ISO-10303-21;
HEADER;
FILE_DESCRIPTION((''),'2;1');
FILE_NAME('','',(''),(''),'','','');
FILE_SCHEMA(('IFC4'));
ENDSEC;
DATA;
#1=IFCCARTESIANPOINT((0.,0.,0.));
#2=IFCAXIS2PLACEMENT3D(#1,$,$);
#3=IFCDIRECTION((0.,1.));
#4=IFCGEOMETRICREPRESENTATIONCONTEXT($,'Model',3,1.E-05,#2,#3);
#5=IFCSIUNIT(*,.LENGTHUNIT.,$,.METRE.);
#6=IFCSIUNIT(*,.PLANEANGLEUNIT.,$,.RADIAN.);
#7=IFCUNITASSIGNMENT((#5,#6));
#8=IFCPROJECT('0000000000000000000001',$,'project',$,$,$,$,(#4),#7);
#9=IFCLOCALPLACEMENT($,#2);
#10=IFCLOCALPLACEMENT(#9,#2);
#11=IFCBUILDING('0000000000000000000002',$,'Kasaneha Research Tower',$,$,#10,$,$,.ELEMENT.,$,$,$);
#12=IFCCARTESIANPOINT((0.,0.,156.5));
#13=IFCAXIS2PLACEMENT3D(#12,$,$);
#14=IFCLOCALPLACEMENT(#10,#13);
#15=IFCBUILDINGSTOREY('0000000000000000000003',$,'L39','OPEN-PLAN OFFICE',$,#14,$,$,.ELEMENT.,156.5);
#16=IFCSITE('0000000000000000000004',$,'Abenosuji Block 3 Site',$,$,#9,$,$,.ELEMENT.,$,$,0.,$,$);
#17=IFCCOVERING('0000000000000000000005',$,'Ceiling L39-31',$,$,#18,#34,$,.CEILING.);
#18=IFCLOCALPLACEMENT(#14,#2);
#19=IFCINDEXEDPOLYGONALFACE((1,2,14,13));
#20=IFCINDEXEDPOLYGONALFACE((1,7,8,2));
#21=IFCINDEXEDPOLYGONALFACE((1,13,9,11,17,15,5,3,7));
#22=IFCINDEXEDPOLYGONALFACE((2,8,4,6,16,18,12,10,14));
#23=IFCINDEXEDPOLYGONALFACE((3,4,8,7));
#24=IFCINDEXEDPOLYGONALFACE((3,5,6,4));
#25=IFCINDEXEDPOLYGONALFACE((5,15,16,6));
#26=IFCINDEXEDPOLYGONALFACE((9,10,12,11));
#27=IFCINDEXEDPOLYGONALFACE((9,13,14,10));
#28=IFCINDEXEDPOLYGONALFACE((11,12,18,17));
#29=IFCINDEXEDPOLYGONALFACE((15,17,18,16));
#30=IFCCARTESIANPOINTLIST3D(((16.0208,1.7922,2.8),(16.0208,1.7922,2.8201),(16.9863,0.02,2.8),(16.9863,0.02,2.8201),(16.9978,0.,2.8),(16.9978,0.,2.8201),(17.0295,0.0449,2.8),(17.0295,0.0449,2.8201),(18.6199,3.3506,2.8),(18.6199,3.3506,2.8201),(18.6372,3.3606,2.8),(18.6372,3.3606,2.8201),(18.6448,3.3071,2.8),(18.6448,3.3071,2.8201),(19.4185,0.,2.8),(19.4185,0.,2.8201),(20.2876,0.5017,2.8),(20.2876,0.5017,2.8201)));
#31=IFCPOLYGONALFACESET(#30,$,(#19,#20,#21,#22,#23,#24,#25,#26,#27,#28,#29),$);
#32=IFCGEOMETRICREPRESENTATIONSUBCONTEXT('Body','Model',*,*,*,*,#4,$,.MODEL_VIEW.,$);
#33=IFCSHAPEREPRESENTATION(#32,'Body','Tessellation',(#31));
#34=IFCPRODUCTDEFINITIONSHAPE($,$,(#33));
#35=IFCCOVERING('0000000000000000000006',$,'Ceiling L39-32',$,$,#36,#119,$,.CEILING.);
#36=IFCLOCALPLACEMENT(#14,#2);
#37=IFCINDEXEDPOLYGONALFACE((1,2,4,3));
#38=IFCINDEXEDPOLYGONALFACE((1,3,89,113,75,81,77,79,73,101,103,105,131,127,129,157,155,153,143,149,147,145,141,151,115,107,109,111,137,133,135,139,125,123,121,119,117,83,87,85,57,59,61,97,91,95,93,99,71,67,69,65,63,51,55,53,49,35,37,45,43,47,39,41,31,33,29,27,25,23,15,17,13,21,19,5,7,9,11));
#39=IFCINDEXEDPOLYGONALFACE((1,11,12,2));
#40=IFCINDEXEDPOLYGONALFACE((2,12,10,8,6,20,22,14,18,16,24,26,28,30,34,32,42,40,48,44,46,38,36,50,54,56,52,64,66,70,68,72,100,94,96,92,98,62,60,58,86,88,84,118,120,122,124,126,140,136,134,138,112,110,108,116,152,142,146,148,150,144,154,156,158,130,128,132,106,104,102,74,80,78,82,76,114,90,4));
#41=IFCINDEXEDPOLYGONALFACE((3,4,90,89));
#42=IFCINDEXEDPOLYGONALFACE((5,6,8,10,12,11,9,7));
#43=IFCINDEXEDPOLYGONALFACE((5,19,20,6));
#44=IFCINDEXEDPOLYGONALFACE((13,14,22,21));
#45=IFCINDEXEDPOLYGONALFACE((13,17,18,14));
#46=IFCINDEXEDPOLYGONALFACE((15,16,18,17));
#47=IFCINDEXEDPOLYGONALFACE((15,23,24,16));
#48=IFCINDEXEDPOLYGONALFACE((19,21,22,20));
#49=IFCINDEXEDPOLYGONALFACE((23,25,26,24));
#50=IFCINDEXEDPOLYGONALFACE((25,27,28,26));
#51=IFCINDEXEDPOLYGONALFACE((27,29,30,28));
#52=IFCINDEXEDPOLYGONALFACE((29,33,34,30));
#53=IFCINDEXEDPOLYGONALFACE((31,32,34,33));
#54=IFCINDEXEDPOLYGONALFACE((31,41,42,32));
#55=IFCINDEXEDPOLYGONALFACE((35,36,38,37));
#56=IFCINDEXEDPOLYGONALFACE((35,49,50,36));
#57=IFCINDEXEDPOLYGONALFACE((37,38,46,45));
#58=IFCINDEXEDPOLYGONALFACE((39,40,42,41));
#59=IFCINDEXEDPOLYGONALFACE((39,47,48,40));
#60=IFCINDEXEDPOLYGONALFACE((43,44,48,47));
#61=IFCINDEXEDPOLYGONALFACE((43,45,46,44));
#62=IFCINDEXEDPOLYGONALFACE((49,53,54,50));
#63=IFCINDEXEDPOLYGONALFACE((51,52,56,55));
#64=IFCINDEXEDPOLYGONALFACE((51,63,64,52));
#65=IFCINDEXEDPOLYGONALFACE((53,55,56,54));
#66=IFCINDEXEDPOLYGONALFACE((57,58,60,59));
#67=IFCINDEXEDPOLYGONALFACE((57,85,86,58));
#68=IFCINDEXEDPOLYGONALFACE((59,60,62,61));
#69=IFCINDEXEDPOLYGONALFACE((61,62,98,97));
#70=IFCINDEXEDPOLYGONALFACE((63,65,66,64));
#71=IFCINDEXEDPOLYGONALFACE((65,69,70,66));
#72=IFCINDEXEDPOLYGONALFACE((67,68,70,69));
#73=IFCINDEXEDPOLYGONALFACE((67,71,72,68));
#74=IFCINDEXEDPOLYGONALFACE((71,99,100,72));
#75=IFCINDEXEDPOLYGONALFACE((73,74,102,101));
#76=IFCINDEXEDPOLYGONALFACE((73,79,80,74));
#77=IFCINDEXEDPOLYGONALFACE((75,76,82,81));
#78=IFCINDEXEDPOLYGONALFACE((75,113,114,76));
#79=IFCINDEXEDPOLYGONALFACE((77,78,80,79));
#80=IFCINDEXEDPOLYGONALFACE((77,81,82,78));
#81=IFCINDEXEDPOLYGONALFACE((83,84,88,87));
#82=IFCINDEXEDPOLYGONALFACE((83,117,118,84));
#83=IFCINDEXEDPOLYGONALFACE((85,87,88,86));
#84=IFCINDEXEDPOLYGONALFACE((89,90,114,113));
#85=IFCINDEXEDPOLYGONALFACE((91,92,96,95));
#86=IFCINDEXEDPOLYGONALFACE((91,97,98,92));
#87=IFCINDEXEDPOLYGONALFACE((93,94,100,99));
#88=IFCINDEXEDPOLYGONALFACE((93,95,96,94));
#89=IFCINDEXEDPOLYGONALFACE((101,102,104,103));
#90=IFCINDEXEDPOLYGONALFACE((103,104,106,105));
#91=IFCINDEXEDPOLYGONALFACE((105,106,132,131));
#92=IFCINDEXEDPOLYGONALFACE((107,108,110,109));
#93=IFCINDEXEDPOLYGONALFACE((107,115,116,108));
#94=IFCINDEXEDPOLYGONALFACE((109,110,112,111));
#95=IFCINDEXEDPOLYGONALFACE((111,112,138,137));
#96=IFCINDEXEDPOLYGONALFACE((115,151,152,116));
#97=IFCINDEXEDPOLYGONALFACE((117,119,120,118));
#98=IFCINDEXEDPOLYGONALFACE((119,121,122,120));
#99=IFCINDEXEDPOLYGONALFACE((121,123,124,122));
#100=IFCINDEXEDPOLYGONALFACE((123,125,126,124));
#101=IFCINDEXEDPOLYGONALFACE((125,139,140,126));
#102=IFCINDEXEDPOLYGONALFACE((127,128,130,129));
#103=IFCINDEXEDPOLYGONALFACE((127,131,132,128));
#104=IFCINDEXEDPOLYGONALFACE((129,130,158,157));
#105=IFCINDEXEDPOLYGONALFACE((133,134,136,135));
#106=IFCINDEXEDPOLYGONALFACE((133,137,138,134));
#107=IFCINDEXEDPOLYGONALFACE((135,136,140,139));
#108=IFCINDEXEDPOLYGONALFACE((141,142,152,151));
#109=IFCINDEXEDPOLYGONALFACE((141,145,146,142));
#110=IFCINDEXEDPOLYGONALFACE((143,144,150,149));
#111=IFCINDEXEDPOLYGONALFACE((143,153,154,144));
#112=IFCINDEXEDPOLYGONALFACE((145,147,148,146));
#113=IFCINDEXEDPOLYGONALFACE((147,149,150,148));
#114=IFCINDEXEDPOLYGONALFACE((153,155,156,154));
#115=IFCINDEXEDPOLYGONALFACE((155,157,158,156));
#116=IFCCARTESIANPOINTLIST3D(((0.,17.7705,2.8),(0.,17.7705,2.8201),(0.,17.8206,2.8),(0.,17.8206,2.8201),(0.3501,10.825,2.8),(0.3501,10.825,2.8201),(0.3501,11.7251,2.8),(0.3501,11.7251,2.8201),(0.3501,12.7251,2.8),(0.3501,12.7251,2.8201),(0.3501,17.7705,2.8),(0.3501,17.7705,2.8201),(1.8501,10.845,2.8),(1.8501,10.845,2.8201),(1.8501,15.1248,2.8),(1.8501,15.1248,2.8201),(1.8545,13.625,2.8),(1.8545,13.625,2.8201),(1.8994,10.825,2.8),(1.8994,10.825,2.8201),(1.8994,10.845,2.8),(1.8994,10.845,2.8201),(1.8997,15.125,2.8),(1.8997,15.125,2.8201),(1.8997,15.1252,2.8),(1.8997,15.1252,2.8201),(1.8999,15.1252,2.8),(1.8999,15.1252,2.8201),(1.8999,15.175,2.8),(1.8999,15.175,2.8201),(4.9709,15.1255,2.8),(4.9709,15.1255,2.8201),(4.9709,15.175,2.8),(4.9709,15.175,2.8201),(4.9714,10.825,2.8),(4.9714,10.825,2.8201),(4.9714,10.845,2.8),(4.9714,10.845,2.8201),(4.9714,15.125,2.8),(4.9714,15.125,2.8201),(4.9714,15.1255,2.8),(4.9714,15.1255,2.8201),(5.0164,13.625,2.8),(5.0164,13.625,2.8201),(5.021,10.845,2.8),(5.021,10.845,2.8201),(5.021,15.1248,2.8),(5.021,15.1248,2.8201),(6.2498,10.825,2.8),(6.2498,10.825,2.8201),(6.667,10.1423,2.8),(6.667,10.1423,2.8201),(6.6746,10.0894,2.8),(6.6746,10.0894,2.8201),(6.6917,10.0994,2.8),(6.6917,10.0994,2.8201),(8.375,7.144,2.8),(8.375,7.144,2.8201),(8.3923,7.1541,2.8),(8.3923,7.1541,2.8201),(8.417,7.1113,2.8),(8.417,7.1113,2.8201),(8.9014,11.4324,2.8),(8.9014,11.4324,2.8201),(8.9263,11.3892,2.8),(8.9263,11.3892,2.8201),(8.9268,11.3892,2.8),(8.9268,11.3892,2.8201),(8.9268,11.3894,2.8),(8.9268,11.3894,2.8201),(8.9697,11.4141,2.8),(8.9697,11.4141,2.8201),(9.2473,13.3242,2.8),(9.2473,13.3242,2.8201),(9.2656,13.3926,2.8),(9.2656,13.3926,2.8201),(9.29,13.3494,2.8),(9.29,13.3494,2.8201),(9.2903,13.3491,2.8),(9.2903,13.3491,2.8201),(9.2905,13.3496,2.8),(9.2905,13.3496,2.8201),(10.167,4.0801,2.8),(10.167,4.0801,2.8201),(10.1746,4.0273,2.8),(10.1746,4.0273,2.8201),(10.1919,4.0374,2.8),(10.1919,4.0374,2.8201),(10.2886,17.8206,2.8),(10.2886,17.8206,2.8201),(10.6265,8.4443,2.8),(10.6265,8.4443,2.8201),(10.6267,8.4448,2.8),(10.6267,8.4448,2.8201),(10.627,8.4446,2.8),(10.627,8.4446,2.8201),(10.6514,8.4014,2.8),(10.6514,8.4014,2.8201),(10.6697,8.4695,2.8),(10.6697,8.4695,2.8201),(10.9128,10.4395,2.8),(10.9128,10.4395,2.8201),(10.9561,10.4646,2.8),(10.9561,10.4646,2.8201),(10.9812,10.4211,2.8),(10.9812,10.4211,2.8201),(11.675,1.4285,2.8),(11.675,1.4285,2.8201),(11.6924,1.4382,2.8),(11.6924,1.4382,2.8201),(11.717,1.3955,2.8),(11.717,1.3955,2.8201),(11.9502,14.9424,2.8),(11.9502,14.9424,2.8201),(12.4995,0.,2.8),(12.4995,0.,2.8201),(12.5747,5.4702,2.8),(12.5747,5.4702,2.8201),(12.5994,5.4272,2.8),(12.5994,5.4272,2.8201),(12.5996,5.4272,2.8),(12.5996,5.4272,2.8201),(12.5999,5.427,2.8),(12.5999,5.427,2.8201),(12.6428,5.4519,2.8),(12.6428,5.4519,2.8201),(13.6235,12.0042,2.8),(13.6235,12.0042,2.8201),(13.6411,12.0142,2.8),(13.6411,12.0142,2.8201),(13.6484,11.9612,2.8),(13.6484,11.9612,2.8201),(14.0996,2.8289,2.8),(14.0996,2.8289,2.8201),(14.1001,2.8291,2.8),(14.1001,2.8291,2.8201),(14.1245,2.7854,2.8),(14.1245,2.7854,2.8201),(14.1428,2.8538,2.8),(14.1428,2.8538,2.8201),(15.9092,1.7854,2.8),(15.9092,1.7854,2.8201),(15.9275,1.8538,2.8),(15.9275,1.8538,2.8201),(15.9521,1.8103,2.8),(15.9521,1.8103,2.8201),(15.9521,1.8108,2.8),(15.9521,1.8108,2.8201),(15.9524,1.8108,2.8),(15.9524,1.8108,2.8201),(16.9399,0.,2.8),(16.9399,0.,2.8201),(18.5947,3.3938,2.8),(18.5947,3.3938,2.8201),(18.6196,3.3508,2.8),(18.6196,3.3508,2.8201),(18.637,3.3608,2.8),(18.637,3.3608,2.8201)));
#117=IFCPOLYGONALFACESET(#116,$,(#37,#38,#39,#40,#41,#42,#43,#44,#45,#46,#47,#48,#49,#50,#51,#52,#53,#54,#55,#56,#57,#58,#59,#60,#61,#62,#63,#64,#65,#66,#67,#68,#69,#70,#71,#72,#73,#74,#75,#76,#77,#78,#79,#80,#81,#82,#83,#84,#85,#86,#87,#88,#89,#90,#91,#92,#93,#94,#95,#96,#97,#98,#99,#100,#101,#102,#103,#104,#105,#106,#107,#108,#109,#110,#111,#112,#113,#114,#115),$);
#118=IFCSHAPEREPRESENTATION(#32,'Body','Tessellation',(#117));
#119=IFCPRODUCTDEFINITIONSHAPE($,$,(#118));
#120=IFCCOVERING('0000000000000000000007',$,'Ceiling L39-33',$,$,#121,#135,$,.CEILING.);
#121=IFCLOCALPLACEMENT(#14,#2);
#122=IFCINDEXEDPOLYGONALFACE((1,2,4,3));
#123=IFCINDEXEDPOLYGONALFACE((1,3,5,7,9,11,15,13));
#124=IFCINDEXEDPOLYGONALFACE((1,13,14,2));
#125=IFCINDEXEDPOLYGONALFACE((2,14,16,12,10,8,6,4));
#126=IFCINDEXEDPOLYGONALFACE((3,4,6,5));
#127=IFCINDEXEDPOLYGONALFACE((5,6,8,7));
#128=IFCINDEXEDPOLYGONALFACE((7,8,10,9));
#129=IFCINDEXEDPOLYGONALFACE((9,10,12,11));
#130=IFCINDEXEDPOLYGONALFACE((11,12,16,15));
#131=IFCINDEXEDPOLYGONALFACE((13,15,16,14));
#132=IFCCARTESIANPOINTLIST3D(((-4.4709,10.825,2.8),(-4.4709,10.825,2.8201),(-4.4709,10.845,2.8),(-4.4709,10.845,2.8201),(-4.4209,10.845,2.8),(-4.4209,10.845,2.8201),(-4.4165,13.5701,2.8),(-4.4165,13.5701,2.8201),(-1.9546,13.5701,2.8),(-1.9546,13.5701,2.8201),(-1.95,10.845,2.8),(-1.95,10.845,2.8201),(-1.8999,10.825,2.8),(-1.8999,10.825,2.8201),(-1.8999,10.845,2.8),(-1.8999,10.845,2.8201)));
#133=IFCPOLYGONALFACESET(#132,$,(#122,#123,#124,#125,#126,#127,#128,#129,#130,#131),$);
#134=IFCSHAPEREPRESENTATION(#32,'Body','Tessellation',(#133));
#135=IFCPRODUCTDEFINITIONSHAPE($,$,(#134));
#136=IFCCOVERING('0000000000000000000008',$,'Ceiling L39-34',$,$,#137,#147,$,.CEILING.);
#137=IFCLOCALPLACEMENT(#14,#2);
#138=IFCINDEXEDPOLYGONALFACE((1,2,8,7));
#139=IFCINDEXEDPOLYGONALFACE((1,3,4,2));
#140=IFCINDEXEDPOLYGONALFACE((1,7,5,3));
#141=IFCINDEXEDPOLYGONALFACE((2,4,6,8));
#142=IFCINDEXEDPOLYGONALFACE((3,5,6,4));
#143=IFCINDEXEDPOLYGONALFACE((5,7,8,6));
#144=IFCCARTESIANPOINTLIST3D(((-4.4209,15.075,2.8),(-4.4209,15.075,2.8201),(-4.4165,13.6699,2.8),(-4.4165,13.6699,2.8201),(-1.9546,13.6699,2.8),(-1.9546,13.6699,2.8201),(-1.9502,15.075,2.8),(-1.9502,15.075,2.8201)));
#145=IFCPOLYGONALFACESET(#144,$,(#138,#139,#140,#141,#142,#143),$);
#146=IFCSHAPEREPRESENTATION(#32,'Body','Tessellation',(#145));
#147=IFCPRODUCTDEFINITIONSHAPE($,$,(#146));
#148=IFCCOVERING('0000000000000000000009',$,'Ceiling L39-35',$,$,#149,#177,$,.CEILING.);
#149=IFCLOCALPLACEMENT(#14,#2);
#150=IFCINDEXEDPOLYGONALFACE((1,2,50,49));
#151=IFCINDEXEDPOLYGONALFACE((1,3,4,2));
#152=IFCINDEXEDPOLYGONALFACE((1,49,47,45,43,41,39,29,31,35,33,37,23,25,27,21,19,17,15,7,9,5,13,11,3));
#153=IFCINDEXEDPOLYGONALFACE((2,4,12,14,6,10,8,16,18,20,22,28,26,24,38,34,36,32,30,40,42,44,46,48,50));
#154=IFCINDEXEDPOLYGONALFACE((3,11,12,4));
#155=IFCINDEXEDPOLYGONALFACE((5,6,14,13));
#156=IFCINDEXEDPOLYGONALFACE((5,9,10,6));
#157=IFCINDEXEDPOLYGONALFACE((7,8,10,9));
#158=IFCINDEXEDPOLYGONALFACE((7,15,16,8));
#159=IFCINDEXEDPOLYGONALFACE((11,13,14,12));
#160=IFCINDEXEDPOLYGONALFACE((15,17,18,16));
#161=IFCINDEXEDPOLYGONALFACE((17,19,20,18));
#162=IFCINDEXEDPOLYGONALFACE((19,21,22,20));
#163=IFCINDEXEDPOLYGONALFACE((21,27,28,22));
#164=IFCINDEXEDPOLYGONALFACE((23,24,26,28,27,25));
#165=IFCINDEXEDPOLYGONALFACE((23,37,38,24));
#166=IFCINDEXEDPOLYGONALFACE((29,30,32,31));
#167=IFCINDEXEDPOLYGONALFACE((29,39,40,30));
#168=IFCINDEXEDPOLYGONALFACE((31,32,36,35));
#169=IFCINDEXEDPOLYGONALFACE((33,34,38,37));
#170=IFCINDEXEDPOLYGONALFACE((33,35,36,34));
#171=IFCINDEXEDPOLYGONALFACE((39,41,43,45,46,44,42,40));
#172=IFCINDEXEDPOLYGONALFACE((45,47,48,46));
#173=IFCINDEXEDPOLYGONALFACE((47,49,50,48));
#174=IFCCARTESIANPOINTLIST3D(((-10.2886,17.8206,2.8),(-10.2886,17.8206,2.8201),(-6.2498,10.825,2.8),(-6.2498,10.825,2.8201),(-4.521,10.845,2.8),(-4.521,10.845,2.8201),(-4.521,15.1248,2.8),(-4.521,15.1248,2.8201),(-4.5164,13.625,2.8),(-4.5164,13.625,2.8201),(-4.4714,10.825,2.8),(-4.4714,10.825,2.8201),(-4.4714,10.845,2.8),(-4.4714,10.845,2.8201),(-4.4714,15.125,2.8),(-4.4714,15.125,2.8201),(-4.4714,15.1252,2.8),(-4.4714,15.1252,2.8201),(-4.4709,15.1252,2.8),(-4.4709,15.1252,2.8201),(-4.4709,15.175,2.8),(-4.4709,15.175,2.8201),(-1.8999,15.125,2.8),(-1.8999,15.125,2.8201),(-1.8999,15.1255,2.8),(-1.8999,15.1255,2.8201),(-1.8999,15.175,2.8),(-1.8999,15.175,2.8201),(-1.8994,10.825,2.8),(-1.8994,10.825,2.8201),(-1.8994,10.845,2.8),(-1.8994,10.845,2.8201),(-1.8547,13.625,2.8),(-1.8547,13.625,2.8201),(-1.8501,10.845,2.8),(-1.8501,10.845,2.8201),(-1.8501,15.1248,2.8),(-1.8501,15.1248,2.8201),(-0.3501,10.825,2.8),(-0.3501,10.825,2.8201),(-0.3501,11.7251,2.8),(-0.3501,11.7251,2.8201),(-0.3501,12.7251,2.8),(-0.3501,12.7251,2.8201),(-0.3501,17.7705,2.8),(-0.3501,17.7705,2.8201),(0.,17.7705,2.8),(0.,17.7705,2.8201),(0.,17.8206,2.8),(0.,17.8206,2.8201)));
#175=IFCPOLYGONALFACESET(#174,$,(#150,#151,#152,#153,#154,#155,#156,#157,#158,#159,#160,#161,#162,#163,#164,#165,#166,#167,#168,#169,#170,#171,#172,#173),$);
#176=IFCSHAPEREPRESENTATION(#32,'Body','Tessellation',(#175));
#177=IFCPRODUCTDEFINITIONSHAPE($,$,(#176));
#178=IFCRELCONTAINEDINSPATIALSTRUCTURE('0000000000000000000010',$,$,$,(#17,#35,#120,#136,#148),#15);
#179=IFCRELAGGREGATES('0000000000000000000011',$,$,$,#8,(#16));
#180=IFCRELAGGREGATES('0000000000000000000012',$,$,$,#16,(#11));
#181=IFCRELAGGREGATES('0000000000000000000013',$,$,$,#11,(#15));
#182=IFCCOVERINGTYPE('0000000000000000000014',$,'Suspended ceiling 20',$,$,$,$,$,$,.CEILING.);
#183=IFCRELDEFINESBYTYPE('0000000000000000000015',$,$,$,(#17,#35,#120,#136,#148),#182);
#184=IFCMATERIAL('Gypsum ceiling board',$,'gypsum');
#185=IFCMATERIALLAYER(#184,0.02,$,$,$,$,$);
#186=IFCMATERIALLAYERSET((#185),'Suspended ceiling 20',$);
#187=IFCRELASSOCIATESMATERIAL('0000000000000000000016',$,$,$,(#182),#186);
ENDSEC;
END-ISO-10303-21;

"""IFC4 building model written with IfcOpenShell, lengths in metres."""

from ifc_helpers import new_model, si_unit, direction, frame, origin, place, context, subcontext, project, spatial, polyline, outline, extrude, material, layer, layer_set, type_object, element, save


model = new_model("IFC4")

# Units and contexts
model_context = context("Model", 3, precision=1e-05, world=origin(), true_north=direction((0.0, 1.0)))
body_context = subcontext(model_context, "Body", "Model", "MODEL_VIEW")
ifc_project = project(units=[si_unit("LENGTHUNIT", "METRE"), si_unit("PLANEANGLEUNIT", "RADIAN")], contexts=[model_context])

# Site, building, storey
site_placement = place(None, origin())
site = spatial("IfcSite", under=ifc_project, at=site_placement, Name="Abenosuji Block 3 Site", CompositionType="ELEMENT", RefElevation=0.0)
building_placement = place(site_placement, origin())
building = spatial("IfcBuilding", under=site, at=building_placement, Name="Kasaneha Research Tower", CompositionType="ELEMENT")
storey_placement = place(building_placement, frame((0.0, 0.0, 156.5)))
storey = spatial("IfcBuildingStorey", under=building, at=storey_placement, Name="L39", Description="OPEN-PLAN OFFICE", CompositionType="ELEMENT", Elevation=156.5)

# Coverings
ifc_material_1 = material(Name="Gypsum ceiling board", Category="gypsum")
ifc_layer_1 = layer(ifc_material_1, 0.02)
ifc_layer_set_1 = layer_set([ifc_layer_1], Name="Suspended ceiling 20")
covering_type_1 = type_object("IfcCoveringType", Name="Suspended ceiling 20", PredefinedType="CEILING", material=ifc_layer_set_1)
covering_1_placement = place(storey_placement, frame((0.0, 0.0, 2.8)))
element("IfcCovering", 1, at=covering_1_placement, inside=storey, type_object=covering_type_1, Name="Ceiling L39-31", PredefinedType="CEILING", context=body_context, shape_type="SweptSolid", body=[
    extrude(outline(polyline([(19.4185, 0.0), (16.9978, 0.0), (16.9863, 0.02), (17.0295, 0.0449), (16.0208, 1.7922), (18.6448, 3.3071), (18.6199, 3.3506), (18.6372, 3.3606), (20.2876, 0.5017), (19.4185, 0.0)])), origin(), (0.0, 0.0, 1.0), 0.02),
])
covering_2_placement = place(storey_placement, frame((0.0, 0.0, 2.8)))
element("IfcCovering", 2, at=covering_2_placement, inside=storey, type_object=covering_type_1, Name="Ceiling L39-32", PredefinedType="CEILING", context=body_context, shape_type="SweptSolid", body=[
    extrude(outline(polyline([(11.6924, 1.4382), (11.717, 1.3955), (14.1245, 2.7854), (14.0996, 2.8289), (14.1001, 2.8291), (14.1001, 2.8291), (14.1428, 2.8538), (12.6428, 5.4519), (12.5999, 5.427), (12.5996, 5.4272), (12.5994, 5.4272), (12.5747, 5.4702), (10.167, 4.0801), (10.1919, 4.0374), (10.1746, 4.0273), (8.375, 7.144), (8.3923, 7.1541), (8.417, 7.1113), (10.6514, 8.4014), (10.6265, 8.4443), (10.627, 8.4446), (10.6267, 8.4448), (10.6697, 8.4695), (8.9697, 11.4141), (8.9268, 11.3892), (8.9268, 11.3894), (8.9263, 11.3892), (8.9014, 11.4324), (6.667, 10.1423), (6.6917, 10.0994), (6.6746, 10.0894), (6.2498, 10.825), (4.9714, 10.825), (4.9714, 10.845), (5.021, 10.845), (5.0164, 13.625), (5.021, 15.1248), (4.9714, 15.125), (4.9714, 15.1255), (4.9709, 15.1255), (4.9709, 15.175), (1.8999, 15.175), (1.8999, 15.1252), (1.8997, 15.1252), (1.8997, 15.125), (1.8501, 15.1248), (1.8545, 13.625), (1.8501, 10.845), (1.8994, 10.845), (1.8994, 10.825), (0.3501, 10.825), (0.3501, 11.7251), (0.3501, 12.7251), (0.3501, 17.7705), (0.3501, 17.7705), (0.0, 17.7705), (0.0, 17.8206), (10.2886, 17.8206), (11.9502, 14.9424), (9.2656, 13.3926), (9.2905, 13.3496), (9.29, 13.3494), (9.2903, 13.3491), (9.2473, 13.3242), (10.9128, 10.4395), (10.9561, 10.4646), (10.9812, 10.4211), (13.6484, 11.9612), (13.6235, 12.0042), (13.6411, 12.0142), (18.637, 3.3608), (18.6196, 3.3508), (18.5947, 3.3938), (15.9275, 1.8538), (15.9524, 1.8108), (15.9521, 1.8108), (15.9521, 1.8103), (15.9092, 1.7854), (16.9399, 0.0), (12.4995, 0.0), (11.675, 1.4285), (11.6924, 1.4382)])), origin(), (0.0, 0.0, 1.0), 0.02),
])
covering_3_placement = place(storey_placement, frame((0.0, 0.0, 2.8)))
element("IfcCovering", 3, at=covering_3_placement, inside=storey, type_object=covering_type_1, Name="Ceiling L39-33", PredefinedType="CEILING", context=body_context, shape_type="SweptSolid", body=[
    extrude(outline(polyline([(-4.4709, 10.825), (-4.4709, 10.845), (-4.4209, 10.845), (-4.4165, 13.5701), (-1.9546, 13.5701), (-1.95, 10.845), (-1.8999, 10.845), (-1.8999, 10.825), (-4.4709, 10.825)])), origin(), (0.0, 0.0, 1.0), 0.02),
])
covering_4_placement = place(storey_placement, frame((0.0, 0.0, 2.8)))
element("IfcCovering", 4, at=covering_4_placement, inside=storey, type_object=covering_type_1, Name="Ceiling L39-34", PredefinedType="CEILING", context=body_context, shape_type="SweptSolid", body=[
    extrude(outline(polyline([(-1.9502, 15.075), (-1.9546, 13.6699), (-4.4165, 13.6699), (-4.4209, 15.075), (-1.9502, 15.075)])), origin(), (0.0, 0.0, 1.0), 0.02),
])
covering_5_placement = place(storey_placement, frame((0.0, 0.0, 2.8)))
element("IfcCovering", 5, at=covering_5_placement, inside=storey, type_object=covering_type_1, Name="Ceiling L39-35", PredefinedType="CEILING", context=body_context, shape_type="SweptSolid", body=[
    extrude(outline(polyline([(-0.3501, 11.7251), (-0.3501, 10.825), (-1.8994, 10.825), (-1.8994, 10.845), (-1.8501, 10.845), (-1.8547, 13.625), (-1.8501, 15.1248), (-1.8999, 15.125), (-1.8999, 15.1255), (-1.8999, 15.175), (-4.4709, 15.175), (-4.4709, 15.1252), (-4.4714, 15.1252), (-4.4714, 15.125), (-4.521, 15.1248), (-4.5164, 13.625), (-4.521, 10.845), (-4.4714, 10.845), (-4.4714, 10.825), (-6.2498, 10.825), (-10.2886, 17.8206), (0.0, 17.8206), (0.0, 17.7705), (-0.3501, 17.7705), (-0.3501, 17.7705), (-0.3501, 12.7251), (-0.3501, 11.7251)])), origin(), (0.0, 0.0, 1.0), 0.02),
])

save(model, "model.ifc")
